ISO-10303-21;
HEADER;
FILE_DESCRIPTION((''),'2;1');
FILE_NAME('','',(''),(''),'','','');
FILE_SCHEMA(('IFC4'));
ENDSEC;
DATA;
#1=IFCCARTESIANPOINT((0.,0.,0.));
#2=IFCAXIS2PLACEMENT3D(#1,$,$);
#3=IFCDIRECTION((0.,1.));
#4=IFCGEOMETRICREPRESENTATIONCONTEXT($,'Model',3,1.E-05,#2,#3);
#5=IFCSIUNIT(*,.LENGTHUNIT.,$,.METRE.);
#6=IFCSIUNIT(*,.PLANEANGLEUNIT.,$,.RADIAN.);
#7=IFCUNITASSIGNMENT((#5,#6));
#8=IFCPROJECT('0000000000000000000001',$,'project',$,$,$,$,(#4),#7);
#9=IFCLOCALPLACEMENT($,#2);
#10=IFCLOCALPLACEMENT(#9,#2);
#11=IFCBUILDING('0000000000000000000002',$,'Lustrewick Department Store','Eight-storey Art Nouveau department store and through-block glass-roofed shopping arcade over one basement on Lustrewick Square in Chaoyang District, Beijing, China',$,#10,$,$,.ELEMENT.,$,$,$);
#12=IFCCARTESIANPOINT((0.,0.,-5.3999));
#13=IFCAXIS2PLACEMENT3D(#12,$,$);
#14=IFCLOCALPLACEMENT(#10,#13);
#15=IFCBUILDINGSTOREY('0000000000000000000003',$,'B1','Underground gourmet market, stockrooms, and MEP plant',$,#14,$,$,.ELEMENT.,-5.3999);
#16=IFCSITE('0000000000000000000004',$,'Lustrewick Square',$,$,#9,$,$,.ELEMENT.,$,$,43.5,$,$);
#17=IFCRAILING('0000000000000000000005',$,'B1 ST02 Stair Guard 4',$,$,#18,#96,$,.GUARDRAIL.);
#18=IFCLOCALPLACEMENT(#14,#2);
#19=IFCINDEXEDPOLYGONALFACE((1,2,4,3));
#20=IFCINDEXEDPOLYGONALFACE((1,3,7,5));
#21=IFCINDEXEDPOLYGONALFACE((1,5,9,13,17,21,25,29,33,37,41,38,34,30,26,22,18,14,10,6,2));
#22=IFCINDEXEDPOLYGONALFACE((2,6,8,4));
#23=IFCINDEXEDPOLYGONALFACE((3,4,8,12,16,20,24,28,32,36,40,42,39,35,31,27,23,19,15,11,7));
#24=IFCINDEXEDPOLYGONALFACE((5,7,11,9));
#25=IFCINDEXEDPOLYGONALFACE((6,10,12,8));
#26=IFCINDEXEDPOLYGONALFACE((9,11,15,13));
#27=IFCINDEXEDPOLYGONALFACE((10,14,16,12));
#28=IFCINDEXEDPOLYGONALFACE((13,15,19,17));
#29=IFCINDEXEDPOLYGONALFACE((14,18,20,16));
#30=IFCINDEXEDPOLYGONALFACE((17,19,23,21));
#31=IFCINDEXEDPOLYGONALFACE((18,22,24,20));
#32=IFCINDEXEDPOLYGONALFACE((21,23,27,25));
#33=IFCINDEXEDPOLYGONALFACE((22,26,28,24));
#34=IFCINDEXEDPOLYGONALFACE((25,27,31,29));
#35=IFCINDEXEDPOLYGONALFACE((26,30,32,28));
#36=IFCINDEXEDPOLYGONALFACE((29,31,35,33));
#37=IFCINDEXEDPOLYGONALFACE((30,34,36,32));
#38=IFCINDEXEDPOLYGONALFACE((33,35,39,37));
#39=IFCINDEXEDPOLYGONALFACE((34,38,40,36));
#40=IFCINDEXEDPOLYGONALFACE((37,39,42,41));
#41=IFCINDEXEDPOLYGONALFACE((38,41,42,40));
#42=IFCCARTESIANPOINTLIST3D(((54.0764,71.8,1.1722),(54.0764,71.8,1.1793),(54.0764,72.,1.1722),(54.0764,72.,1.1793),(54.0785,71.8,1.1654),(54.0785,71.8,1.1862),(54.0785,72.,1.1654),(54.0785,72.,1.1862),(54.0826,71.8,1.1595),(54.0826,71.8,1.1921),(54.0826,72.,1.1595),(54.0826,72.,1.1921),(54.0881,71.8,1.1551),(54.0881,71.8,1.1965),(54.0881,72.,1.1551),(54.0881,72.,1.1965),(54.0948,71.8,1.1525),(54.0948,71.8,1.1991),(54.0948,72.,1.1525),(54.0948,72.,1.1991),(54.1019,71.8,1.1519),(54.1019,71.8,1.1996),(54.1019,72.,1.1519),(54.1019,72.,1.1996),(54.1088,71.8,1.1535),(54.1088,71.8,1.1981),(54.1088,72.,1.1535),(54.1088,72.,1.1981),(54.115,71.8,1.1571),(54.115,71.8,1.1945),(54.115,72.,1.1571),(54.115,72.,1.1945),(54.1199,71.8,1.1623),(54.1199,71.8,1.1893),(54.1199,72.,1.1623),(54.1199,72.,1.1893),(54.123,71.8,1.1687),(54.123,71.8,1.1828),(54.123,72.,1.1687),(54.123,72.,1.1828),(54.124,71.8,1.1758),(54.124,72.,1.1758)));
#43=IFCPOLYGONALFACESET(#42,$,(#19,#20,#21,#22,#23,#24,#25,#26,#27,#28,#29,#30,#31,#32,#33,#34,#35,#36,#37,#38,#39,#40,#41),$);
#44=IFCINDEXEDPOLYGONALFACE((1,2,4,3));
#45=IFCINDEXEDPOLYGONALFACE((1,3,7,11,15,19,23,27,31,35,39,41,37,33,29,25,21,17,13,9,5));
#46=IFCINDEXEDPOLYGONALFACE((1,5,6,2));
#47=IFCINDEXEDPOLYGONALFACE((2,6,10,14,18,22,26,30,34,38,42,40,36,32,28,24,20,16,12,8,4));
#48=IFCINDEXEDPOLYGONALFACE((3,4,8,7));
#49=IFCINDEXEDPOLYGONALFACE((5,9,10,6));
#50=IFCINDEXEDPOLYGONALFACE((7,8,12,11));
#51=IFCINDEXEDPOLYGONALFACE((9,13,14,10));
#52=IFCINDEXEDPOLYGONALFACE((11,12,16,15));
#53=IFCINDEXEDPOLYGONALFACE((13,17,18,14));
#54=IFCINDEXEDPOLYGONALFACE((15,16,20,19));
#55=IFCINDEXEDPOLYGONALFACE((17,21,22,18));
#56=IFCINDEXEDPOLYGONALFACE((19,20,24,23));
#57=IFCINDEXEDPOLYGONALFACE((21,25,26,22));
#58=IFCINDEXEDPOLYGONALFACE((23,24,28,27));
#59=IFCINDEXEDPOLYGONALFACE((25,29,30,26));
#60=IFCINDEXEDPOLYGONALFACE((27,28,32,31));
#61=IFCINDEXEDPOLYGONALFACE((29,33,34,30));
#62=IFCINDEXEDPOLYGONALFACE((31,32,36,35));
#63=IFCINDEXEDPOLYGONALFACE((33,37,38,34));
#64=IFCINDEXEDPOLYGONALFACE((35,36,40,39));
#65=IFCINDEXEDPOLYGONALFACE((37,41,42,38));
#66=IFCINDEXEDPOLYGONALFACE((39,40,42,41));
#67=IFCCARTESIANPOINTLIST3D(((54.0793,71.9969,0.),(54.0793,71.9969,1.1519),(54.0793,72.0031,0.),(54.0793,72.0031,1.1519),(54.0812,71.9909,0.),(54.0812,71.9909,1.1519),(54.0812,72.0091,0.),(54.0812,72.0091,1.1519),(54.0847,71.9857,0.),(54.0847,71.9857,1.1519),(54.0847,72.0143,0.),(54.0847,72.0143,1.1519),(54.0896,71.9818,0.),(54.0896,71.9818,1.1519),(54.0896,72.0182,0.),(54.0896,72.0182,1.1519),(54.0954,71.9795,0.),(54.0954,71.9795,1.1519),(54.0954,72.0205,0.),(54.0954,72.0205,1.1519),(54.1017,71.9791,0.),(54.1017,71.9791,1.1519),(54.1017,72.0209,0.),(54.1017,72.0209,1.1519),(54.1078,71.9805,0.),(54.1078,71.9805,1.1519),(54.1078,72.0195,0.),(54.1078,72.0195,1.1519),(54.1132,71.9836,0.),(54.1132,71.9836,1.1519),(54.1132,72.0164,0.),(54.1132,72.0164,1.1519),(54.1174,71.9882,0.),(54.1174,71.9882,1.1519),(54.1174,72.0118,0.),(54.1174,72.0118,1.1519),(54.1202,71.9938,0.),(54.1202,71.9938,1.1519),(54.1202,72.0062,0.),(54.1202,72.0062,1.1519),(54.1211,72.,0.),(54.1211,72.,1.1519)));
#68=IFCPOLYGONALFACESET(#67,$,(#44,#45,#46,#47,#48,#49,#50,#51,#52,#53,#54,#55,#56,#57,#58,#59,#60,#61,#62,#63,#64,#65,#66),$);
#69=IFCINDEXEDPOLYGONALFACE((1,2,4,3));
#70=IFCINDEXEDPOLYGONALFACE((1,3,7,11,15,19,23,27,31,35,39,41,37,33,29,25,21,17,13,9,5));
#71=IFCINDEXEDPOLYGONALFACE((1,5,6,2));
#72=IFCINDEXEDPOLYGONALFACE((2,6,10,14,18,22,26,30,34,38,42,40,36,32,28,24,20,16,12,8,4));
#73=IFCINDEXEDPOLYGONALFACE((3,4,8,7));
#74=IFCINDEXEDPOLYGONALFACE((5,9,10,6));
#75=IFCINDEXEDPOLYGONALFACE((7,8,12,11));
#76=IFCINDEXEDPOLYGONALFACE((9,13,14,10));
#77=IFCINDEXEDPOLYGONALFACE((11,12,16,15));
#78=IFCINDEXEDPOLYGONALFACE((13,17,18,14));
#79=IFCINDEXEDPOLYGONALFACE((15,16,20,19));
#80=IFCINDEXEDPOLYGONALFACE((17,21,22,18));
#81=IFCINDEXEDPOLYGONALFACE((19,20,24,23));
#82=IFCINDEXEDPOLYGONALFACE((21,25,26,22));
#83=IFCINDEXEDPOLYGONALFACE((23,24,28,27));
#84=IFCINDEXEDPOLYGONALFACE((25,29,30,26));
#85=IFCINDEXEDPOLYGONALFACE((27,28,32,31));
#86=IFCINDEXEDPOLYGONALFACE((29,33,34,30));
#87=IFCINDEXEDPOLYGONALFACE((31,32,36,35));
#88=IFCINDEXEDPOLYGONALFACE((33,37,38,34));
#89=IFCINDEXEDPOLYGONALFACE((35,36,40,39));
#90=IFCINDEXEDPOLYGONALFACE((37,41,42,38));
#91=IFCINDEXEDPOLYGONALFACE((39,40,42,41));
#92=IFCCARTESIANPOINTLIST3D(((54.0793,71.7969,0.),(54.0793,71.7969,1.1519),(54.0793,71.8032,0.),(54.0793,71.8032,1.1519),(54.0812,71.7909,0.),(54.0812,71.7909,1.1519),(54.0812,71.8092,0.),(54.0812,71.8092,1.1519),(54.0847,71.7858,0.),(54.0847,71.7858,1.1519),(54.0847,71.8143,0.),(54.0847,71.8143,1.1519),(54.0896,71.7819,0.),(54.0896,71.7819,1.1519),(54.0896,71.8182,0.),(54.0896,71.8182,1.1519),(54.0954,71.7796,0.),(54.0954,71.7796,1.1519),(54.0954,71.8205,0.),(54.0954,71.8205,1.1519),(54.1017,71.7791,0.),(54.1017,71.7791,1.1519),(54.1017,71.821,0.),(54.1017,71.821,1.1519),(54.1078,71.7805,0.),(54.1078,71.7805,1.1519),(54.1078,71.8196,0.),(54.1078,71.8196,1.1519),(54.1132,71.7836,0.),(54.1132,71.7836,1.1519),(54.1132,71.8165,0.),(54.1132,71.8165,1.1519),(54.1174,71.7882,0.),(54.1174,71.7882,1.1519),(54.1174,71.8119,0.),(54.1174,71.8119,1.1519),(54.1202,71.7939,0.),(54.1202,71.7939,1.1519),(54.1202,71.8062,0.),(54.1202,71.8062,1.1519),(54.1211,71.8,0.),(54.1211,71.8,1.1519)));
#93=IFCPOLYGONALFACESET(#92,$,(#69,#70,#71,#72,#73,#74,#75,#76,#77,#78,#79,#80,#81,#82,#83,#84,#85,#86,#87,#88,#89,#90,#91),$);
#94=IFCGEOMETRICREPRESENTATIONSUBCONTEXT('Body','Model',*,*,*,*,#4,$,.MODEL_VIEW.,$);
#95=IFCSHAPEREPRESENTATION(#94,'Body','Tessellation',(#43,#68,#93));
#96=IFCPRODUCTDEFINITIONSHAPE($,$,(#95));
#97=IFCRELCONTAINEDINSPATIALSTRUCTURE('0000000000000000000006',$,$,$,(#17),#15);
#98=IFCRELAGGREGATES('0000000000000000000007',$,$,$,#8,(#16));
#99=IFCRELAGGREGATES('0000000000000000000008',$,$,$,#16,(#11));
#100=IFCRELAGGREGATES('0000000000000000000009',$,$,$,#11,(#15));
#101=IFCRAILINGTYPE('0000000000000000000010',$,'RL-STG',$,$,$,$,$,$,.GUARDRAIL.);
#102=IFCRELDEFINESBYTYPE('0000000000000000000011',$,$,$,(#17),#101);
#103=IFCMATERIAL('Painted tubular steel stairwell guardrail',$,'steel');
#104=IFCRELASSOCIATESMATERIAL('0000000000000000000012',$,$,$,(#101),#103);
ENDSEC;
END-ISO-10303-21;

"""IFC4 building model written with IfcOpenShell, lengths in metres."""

from ifc_helpers import new_model, si_unit, direction, frame, origin, origin_2d, place, context, subcontext, project, spatial, circle, extrude, material, type_object, element, save


model = new_model("IFC4")

# Units and contexts
model_context = context("Model", 3, precision=1e-05, world=origin(), true_north=direction((0.0, 1.0)))
body_context = subcontext(model_context, "Body", "Model", "MODEL_VIEW")
ifc_project = project(units=[si_unit("LENGTHUNIT", "METRE"), si_unit("PLANEANGLEUNIT", "RADIAN")], contexts=[model_context])

# Site, building, storey
site_placement = place(None, origin())
site = spatial("IfcSite", under=ifc_project, at=site_placement, Name="Lustrewick Square", CompositionType="ELEMENT", RefElevation=43.5)
building_placement = place(site_placement, origin())
building = spatial("IfcBuilding", under=site, at=building_placement, Name="Lustrewick Department Store", Description="Eight-storey Art Nouveau department store and through-block glass-roofed shopping arcade over one basement on Lustrewick Square in Chaoyang District, Beijing, China", CompositionType="ELEMENT")
storey_placement = place(building_placement, frame((0.0, 0.0, -5.3999)))
storey = spatial("IfcBuildingStorey", under=building, at=storey_placement, Name="B1", Description="Underground gourmet market, stockrooms, and MEP plant", CompositionType="ELEMENT", Elevation=-5.3999)

# Railing
ifc_material_1 = material(Name="Painted tubular steel stairwell guardrail", Category="steel")
railing_type_1 = type_object("IfcRailingType", Name="RL-STG", PredefinedType="GUARDRAIL", material=ifc_material_1)
railing_1_placement = place(storey_placement, frame((54.1001, 72.0, 0.0)))
element("IfcRailing", 1, at=railing_1_placement, inside=storey, type_object=railing_type_1, Name="B1 ST02 Stair Guard 4", PredefinedType="GUARDRAIL", context=body_context, shape_type="SweptSolid", body=[
    extrude(circle(Radius=0.0239, at=origin_2d()), frame((0.0, 0.0, 1.1758), z_axis=(0.0, -1.0, 0.0), x_axis=(1.0, 0.0, 0.0)), (0.0, 0.0, 1.0), 0.2),
    extrude(circle(Radius=0.021, at=origin_2d()), origin(), (0.0, 0.0, 1.0), 1.1519),
    extrude(circle(Radius=0.021, at=origin_2d()), frame((0.0, -0.2, 0.0)), (0.0, 0.0, 1.0), 1.1519),
])

save(model, "model.ifc")
